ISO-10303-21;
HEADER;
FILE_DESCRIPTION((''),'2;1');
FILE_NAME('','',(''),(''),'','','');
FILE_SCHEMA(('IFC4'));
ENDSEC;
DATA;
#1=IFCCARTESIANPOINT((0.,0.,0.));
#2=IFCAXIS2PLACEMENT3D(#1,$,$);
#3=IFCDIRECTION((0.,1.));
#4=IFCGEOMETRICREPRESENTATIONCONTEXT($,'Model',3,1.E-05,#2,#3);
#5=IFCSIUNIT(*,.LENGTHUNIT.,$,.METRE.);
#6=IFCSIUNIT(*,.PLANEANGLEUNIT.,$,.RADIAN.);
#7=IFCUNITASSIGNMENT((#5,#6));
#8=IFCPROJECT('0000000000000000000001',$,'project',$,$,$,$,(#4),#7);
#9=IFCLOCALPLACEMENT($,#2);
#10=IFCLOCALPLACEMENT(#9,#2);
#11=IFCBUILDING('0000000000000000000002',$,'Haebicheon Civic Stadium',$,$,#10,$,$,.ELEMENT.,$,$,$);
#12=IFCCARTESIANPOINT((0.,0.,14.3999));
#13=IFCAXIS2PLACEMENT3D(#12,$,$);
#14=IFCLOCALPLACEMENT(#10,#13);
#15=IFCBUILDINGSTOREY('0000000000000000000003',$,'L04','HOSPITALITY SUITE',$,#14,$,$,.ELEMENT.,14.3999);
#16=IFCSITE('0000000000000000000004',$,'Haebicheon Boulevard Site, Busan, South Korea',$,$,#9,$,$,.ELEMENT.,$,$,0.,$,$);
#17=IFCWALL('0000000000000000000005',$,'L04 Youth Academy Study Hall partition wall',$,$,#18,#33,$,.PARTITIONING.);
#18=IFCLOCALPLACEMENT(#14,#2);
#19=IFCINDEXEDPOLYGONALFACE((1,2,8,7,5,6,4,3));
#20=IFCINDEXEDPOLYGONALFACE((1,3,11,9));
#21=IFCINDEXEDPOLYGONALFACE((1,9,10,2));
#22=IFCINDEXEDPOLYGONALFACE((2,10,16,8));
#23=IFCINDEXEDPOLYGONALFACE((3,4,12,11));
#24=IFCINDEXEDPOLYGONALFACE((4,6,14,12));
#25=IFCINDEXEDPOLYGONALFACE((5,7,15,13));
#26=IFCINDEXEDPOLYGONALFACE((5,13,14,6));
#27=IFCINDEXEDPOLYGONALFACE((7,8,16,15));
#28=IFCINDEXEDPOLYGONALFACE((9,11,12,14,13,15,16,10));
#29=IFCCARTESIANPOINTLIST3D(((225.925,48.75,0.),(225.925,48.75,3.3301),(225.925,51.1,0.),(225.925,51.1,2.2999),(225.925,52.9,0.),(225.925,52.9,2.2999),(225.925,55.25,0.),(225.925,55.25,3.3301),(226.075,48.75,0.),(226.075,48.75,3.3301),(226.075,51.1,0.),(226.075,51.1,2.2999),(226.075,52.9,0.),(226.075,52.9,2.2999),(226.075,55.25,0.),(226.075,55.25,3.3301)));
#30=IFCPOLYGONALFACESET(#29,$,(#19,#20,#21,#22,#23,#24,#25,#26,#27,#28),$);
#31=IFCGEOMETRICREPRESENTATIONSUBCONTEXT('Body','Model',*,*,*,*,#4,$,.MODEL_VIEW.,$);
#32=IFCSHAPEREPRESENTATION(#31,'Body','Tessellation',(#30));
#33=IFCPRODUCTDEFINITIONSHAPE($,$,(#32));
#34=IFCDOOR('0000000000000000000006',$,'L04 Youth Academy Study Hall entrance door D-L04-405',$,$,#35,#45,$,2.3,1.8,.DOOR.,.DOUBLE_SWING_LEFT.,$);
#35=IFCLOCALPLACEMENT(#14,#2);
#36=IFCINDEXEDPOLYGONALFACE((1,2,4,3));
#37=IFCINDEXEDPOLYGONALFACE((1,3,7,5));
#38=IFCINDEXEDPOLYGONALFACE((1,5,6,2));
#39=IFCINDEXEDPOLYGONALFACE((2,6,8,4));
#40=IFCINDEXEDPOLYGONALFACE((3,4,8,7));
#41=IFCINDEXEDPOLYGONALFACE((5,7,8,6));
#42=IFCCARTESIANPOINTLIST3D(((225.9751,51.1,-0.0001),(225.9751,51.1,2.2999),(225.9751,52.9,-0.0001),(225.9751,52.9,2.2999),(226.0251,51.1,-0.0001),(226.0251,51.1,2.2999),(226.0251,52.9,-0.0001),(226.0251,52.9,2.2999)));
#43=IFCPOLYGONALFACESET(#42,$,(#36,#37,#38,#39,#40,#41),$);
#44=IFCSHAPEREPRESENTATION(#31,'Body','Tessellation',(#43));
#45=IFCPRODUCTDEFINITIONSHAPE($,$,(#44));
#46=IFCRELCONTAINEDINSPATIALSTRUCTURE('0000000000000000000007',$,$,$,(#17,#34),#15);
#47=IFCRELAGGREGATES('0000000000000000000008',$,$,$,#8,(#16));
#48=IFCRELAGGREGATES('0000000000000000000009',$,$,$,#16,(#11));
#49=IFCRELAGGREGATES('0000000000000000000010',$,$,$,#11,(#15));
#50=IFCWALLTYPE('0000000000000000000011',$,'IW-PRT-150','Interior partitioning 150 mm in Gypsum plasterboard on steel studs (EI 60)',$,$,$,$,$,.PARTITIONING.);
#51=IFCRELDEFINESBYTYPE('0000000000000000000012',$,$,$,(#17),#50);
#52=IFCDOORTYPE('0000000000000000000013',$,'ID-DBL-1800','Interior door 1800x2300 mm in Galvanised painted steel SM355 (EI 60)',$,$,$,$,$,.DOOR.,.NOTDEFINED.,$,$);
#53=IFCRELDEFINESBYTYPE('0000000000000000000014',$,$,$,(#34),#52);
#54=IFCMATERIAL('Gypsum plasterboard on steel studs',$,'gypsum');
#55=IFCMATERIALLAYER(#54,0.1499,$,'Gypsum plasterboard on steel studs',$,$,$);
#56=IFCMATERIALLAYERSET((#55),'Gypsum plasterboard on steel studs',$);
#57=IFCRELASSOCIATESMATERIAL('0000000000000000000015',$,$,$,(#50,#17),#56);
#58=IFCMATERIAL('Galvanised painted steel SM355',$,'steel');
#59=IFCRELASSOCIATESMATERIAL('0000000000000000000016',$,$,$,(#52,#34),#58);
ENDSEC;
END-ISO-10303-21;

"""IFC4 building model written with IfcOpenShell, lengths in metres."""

from ifc_helpers import new_model, si_unit, direction, frame, frame_2d, origin, place, context, subcontext, project, spatial, rectangle, extrude, material, layer, layer_set, type_object, element, fill, save


model = new_model("IFC4")

# Units and contexts
model_context = context("Model", 3, precision=1e-05, world=origin(), true_north=direction((0.0, 1.0)))
body_context = subcontext(model_context, "Body", "Model", "MODEL_VIEW")
ifc_project = project(units=[si_unit("LENGTHUNIT", "METRE"), si_unit("PLANEANGLEUNIT", "RADIAN")], contexts=[model_context])

# Site, building, storey
site_placement = place(None, origin())
site = spatial("IfcSite", under=ifc_project, at=site_placement, Name="Haebicheon Boulevard Site, Busan, South Korea", CompositionType="ELEMENT", RefElevation=0.0)
building_placement = place(site_placement, origin())
building = spatial("IfcBuilding", under=site, at=building_placement, Name="Haebicheon Civic Stadium", CompositionType="ELEMENT")
storey_placement = place(building_placement, frame((0.0, 0.0, 14.3999)))
storey = spatial("IfcBuildingStorey", under=building, at=storey_placement, Name="L04", Description="HOSPITALITY SUITE", CompositionType="ELEMENT", Elevation=14.3999)

# Wall, opening, door
ifc_material_1 = material(Name="Gypsum plasterboard on steel studs", Category="gypsum")
ifc_layer_1 = layer(ifc_material_1, 0.1499, Name="Gypsum plasterboard on steel studs")
ifc_layer_set_1 = layer_set([ifc_layer_1], Name="Gypsum plasterboard on steel studs")
wall_type_1 = type_object("IfcWallType", Name="IW-PRT-150", Description="Interior partitioning 150 mm in Gypsum plasterboard on steel studs (EI 60)", PredefinedType="PARTITIONING", material=ifc_layer_set_1)
wall_1_placement = place(storey_placement, frame((226.0, 48.75, 0.0), z_axis=(0.0, 0.0, 1.0), x_axis=(0.0, 1.0, 0.0)))
wall_1 = element("IfcWall", 1, at=wall_1_placement, inside=storey, type_object=wall_type_1, material=ifc_layer_set_1, Name="L04 Youth Academy Study Hall partition wall", PredefinedType="PARTITIONING", context=body_context, shape_type="SweptSolid", body=[
    extrude(rectangle(XDim=6.5, YDim=0.1499, at=frame_2d((3.25, 0.0))), origin(), (0.0, 0.0, 1.0), 3.3301),
])
opening_1_placement = place(wall_1_placement, frame((2.3501, 0.0, 0.0)))
opening_1 = element("IfcOpeningElement", 2, at=opening_1_placement, cuts=wall_1, PredefinedType="OPENING", context=body_context, shape_type="SweptSolid", body=[
    extrude(rectangle(XDim=1.8, YDim=2.3, at=frame_2d((0.8999, 1.1499))), frame((0.0, 0.085, 0.0), z_axis=(0.0, -1.0, 0.0), x_axis=(1.0, 0.0, 0.0)), (0.0, 0.0, 1.0), 0.1699),
])
ifc_material_2 = material(Name="Galvanised painted steel SM355", Category="steel")
door_type_1 = type_object("IfcDoorType", Name="ID-DBL-1800", Description="Interior door 1800x2300 mm in Galvanised painted steel SM355 (EI 60)", OperationType="NOTDEFINED", PredefinedType="DOOR", material=ifc_material_2)
door_1_placement = place(opening_1_placement, origin())
door_1 = element("IfcDoor", 3, at=door_1_placement, inside=storey, type_object=door_type_1, material=ifc_material_2, Name="L04 Youth Academy Study Hall entrance door D-L04-405", OperationType="DOUBLE_SWING_LEFT", OverallHeight=2.3, OverallWidth=1.8, PredefinedType="DOOR", context=body_context, shape_type="SweptSolid", body=[
    extrude(rectangle(XDim=1.8, YDim=2.3, at=frame_2d((0.8999, 1.1499))), frame((0.0, 0.0249, 0.0), z_axis=(0.0, -1.0, 0.0), x_axis=(1.0, 0.0, 0.0)), (0.0, 0.0, 1.0), 0.05),
])
fill(opening_1, door_1)

save(model, "model.ifc")
